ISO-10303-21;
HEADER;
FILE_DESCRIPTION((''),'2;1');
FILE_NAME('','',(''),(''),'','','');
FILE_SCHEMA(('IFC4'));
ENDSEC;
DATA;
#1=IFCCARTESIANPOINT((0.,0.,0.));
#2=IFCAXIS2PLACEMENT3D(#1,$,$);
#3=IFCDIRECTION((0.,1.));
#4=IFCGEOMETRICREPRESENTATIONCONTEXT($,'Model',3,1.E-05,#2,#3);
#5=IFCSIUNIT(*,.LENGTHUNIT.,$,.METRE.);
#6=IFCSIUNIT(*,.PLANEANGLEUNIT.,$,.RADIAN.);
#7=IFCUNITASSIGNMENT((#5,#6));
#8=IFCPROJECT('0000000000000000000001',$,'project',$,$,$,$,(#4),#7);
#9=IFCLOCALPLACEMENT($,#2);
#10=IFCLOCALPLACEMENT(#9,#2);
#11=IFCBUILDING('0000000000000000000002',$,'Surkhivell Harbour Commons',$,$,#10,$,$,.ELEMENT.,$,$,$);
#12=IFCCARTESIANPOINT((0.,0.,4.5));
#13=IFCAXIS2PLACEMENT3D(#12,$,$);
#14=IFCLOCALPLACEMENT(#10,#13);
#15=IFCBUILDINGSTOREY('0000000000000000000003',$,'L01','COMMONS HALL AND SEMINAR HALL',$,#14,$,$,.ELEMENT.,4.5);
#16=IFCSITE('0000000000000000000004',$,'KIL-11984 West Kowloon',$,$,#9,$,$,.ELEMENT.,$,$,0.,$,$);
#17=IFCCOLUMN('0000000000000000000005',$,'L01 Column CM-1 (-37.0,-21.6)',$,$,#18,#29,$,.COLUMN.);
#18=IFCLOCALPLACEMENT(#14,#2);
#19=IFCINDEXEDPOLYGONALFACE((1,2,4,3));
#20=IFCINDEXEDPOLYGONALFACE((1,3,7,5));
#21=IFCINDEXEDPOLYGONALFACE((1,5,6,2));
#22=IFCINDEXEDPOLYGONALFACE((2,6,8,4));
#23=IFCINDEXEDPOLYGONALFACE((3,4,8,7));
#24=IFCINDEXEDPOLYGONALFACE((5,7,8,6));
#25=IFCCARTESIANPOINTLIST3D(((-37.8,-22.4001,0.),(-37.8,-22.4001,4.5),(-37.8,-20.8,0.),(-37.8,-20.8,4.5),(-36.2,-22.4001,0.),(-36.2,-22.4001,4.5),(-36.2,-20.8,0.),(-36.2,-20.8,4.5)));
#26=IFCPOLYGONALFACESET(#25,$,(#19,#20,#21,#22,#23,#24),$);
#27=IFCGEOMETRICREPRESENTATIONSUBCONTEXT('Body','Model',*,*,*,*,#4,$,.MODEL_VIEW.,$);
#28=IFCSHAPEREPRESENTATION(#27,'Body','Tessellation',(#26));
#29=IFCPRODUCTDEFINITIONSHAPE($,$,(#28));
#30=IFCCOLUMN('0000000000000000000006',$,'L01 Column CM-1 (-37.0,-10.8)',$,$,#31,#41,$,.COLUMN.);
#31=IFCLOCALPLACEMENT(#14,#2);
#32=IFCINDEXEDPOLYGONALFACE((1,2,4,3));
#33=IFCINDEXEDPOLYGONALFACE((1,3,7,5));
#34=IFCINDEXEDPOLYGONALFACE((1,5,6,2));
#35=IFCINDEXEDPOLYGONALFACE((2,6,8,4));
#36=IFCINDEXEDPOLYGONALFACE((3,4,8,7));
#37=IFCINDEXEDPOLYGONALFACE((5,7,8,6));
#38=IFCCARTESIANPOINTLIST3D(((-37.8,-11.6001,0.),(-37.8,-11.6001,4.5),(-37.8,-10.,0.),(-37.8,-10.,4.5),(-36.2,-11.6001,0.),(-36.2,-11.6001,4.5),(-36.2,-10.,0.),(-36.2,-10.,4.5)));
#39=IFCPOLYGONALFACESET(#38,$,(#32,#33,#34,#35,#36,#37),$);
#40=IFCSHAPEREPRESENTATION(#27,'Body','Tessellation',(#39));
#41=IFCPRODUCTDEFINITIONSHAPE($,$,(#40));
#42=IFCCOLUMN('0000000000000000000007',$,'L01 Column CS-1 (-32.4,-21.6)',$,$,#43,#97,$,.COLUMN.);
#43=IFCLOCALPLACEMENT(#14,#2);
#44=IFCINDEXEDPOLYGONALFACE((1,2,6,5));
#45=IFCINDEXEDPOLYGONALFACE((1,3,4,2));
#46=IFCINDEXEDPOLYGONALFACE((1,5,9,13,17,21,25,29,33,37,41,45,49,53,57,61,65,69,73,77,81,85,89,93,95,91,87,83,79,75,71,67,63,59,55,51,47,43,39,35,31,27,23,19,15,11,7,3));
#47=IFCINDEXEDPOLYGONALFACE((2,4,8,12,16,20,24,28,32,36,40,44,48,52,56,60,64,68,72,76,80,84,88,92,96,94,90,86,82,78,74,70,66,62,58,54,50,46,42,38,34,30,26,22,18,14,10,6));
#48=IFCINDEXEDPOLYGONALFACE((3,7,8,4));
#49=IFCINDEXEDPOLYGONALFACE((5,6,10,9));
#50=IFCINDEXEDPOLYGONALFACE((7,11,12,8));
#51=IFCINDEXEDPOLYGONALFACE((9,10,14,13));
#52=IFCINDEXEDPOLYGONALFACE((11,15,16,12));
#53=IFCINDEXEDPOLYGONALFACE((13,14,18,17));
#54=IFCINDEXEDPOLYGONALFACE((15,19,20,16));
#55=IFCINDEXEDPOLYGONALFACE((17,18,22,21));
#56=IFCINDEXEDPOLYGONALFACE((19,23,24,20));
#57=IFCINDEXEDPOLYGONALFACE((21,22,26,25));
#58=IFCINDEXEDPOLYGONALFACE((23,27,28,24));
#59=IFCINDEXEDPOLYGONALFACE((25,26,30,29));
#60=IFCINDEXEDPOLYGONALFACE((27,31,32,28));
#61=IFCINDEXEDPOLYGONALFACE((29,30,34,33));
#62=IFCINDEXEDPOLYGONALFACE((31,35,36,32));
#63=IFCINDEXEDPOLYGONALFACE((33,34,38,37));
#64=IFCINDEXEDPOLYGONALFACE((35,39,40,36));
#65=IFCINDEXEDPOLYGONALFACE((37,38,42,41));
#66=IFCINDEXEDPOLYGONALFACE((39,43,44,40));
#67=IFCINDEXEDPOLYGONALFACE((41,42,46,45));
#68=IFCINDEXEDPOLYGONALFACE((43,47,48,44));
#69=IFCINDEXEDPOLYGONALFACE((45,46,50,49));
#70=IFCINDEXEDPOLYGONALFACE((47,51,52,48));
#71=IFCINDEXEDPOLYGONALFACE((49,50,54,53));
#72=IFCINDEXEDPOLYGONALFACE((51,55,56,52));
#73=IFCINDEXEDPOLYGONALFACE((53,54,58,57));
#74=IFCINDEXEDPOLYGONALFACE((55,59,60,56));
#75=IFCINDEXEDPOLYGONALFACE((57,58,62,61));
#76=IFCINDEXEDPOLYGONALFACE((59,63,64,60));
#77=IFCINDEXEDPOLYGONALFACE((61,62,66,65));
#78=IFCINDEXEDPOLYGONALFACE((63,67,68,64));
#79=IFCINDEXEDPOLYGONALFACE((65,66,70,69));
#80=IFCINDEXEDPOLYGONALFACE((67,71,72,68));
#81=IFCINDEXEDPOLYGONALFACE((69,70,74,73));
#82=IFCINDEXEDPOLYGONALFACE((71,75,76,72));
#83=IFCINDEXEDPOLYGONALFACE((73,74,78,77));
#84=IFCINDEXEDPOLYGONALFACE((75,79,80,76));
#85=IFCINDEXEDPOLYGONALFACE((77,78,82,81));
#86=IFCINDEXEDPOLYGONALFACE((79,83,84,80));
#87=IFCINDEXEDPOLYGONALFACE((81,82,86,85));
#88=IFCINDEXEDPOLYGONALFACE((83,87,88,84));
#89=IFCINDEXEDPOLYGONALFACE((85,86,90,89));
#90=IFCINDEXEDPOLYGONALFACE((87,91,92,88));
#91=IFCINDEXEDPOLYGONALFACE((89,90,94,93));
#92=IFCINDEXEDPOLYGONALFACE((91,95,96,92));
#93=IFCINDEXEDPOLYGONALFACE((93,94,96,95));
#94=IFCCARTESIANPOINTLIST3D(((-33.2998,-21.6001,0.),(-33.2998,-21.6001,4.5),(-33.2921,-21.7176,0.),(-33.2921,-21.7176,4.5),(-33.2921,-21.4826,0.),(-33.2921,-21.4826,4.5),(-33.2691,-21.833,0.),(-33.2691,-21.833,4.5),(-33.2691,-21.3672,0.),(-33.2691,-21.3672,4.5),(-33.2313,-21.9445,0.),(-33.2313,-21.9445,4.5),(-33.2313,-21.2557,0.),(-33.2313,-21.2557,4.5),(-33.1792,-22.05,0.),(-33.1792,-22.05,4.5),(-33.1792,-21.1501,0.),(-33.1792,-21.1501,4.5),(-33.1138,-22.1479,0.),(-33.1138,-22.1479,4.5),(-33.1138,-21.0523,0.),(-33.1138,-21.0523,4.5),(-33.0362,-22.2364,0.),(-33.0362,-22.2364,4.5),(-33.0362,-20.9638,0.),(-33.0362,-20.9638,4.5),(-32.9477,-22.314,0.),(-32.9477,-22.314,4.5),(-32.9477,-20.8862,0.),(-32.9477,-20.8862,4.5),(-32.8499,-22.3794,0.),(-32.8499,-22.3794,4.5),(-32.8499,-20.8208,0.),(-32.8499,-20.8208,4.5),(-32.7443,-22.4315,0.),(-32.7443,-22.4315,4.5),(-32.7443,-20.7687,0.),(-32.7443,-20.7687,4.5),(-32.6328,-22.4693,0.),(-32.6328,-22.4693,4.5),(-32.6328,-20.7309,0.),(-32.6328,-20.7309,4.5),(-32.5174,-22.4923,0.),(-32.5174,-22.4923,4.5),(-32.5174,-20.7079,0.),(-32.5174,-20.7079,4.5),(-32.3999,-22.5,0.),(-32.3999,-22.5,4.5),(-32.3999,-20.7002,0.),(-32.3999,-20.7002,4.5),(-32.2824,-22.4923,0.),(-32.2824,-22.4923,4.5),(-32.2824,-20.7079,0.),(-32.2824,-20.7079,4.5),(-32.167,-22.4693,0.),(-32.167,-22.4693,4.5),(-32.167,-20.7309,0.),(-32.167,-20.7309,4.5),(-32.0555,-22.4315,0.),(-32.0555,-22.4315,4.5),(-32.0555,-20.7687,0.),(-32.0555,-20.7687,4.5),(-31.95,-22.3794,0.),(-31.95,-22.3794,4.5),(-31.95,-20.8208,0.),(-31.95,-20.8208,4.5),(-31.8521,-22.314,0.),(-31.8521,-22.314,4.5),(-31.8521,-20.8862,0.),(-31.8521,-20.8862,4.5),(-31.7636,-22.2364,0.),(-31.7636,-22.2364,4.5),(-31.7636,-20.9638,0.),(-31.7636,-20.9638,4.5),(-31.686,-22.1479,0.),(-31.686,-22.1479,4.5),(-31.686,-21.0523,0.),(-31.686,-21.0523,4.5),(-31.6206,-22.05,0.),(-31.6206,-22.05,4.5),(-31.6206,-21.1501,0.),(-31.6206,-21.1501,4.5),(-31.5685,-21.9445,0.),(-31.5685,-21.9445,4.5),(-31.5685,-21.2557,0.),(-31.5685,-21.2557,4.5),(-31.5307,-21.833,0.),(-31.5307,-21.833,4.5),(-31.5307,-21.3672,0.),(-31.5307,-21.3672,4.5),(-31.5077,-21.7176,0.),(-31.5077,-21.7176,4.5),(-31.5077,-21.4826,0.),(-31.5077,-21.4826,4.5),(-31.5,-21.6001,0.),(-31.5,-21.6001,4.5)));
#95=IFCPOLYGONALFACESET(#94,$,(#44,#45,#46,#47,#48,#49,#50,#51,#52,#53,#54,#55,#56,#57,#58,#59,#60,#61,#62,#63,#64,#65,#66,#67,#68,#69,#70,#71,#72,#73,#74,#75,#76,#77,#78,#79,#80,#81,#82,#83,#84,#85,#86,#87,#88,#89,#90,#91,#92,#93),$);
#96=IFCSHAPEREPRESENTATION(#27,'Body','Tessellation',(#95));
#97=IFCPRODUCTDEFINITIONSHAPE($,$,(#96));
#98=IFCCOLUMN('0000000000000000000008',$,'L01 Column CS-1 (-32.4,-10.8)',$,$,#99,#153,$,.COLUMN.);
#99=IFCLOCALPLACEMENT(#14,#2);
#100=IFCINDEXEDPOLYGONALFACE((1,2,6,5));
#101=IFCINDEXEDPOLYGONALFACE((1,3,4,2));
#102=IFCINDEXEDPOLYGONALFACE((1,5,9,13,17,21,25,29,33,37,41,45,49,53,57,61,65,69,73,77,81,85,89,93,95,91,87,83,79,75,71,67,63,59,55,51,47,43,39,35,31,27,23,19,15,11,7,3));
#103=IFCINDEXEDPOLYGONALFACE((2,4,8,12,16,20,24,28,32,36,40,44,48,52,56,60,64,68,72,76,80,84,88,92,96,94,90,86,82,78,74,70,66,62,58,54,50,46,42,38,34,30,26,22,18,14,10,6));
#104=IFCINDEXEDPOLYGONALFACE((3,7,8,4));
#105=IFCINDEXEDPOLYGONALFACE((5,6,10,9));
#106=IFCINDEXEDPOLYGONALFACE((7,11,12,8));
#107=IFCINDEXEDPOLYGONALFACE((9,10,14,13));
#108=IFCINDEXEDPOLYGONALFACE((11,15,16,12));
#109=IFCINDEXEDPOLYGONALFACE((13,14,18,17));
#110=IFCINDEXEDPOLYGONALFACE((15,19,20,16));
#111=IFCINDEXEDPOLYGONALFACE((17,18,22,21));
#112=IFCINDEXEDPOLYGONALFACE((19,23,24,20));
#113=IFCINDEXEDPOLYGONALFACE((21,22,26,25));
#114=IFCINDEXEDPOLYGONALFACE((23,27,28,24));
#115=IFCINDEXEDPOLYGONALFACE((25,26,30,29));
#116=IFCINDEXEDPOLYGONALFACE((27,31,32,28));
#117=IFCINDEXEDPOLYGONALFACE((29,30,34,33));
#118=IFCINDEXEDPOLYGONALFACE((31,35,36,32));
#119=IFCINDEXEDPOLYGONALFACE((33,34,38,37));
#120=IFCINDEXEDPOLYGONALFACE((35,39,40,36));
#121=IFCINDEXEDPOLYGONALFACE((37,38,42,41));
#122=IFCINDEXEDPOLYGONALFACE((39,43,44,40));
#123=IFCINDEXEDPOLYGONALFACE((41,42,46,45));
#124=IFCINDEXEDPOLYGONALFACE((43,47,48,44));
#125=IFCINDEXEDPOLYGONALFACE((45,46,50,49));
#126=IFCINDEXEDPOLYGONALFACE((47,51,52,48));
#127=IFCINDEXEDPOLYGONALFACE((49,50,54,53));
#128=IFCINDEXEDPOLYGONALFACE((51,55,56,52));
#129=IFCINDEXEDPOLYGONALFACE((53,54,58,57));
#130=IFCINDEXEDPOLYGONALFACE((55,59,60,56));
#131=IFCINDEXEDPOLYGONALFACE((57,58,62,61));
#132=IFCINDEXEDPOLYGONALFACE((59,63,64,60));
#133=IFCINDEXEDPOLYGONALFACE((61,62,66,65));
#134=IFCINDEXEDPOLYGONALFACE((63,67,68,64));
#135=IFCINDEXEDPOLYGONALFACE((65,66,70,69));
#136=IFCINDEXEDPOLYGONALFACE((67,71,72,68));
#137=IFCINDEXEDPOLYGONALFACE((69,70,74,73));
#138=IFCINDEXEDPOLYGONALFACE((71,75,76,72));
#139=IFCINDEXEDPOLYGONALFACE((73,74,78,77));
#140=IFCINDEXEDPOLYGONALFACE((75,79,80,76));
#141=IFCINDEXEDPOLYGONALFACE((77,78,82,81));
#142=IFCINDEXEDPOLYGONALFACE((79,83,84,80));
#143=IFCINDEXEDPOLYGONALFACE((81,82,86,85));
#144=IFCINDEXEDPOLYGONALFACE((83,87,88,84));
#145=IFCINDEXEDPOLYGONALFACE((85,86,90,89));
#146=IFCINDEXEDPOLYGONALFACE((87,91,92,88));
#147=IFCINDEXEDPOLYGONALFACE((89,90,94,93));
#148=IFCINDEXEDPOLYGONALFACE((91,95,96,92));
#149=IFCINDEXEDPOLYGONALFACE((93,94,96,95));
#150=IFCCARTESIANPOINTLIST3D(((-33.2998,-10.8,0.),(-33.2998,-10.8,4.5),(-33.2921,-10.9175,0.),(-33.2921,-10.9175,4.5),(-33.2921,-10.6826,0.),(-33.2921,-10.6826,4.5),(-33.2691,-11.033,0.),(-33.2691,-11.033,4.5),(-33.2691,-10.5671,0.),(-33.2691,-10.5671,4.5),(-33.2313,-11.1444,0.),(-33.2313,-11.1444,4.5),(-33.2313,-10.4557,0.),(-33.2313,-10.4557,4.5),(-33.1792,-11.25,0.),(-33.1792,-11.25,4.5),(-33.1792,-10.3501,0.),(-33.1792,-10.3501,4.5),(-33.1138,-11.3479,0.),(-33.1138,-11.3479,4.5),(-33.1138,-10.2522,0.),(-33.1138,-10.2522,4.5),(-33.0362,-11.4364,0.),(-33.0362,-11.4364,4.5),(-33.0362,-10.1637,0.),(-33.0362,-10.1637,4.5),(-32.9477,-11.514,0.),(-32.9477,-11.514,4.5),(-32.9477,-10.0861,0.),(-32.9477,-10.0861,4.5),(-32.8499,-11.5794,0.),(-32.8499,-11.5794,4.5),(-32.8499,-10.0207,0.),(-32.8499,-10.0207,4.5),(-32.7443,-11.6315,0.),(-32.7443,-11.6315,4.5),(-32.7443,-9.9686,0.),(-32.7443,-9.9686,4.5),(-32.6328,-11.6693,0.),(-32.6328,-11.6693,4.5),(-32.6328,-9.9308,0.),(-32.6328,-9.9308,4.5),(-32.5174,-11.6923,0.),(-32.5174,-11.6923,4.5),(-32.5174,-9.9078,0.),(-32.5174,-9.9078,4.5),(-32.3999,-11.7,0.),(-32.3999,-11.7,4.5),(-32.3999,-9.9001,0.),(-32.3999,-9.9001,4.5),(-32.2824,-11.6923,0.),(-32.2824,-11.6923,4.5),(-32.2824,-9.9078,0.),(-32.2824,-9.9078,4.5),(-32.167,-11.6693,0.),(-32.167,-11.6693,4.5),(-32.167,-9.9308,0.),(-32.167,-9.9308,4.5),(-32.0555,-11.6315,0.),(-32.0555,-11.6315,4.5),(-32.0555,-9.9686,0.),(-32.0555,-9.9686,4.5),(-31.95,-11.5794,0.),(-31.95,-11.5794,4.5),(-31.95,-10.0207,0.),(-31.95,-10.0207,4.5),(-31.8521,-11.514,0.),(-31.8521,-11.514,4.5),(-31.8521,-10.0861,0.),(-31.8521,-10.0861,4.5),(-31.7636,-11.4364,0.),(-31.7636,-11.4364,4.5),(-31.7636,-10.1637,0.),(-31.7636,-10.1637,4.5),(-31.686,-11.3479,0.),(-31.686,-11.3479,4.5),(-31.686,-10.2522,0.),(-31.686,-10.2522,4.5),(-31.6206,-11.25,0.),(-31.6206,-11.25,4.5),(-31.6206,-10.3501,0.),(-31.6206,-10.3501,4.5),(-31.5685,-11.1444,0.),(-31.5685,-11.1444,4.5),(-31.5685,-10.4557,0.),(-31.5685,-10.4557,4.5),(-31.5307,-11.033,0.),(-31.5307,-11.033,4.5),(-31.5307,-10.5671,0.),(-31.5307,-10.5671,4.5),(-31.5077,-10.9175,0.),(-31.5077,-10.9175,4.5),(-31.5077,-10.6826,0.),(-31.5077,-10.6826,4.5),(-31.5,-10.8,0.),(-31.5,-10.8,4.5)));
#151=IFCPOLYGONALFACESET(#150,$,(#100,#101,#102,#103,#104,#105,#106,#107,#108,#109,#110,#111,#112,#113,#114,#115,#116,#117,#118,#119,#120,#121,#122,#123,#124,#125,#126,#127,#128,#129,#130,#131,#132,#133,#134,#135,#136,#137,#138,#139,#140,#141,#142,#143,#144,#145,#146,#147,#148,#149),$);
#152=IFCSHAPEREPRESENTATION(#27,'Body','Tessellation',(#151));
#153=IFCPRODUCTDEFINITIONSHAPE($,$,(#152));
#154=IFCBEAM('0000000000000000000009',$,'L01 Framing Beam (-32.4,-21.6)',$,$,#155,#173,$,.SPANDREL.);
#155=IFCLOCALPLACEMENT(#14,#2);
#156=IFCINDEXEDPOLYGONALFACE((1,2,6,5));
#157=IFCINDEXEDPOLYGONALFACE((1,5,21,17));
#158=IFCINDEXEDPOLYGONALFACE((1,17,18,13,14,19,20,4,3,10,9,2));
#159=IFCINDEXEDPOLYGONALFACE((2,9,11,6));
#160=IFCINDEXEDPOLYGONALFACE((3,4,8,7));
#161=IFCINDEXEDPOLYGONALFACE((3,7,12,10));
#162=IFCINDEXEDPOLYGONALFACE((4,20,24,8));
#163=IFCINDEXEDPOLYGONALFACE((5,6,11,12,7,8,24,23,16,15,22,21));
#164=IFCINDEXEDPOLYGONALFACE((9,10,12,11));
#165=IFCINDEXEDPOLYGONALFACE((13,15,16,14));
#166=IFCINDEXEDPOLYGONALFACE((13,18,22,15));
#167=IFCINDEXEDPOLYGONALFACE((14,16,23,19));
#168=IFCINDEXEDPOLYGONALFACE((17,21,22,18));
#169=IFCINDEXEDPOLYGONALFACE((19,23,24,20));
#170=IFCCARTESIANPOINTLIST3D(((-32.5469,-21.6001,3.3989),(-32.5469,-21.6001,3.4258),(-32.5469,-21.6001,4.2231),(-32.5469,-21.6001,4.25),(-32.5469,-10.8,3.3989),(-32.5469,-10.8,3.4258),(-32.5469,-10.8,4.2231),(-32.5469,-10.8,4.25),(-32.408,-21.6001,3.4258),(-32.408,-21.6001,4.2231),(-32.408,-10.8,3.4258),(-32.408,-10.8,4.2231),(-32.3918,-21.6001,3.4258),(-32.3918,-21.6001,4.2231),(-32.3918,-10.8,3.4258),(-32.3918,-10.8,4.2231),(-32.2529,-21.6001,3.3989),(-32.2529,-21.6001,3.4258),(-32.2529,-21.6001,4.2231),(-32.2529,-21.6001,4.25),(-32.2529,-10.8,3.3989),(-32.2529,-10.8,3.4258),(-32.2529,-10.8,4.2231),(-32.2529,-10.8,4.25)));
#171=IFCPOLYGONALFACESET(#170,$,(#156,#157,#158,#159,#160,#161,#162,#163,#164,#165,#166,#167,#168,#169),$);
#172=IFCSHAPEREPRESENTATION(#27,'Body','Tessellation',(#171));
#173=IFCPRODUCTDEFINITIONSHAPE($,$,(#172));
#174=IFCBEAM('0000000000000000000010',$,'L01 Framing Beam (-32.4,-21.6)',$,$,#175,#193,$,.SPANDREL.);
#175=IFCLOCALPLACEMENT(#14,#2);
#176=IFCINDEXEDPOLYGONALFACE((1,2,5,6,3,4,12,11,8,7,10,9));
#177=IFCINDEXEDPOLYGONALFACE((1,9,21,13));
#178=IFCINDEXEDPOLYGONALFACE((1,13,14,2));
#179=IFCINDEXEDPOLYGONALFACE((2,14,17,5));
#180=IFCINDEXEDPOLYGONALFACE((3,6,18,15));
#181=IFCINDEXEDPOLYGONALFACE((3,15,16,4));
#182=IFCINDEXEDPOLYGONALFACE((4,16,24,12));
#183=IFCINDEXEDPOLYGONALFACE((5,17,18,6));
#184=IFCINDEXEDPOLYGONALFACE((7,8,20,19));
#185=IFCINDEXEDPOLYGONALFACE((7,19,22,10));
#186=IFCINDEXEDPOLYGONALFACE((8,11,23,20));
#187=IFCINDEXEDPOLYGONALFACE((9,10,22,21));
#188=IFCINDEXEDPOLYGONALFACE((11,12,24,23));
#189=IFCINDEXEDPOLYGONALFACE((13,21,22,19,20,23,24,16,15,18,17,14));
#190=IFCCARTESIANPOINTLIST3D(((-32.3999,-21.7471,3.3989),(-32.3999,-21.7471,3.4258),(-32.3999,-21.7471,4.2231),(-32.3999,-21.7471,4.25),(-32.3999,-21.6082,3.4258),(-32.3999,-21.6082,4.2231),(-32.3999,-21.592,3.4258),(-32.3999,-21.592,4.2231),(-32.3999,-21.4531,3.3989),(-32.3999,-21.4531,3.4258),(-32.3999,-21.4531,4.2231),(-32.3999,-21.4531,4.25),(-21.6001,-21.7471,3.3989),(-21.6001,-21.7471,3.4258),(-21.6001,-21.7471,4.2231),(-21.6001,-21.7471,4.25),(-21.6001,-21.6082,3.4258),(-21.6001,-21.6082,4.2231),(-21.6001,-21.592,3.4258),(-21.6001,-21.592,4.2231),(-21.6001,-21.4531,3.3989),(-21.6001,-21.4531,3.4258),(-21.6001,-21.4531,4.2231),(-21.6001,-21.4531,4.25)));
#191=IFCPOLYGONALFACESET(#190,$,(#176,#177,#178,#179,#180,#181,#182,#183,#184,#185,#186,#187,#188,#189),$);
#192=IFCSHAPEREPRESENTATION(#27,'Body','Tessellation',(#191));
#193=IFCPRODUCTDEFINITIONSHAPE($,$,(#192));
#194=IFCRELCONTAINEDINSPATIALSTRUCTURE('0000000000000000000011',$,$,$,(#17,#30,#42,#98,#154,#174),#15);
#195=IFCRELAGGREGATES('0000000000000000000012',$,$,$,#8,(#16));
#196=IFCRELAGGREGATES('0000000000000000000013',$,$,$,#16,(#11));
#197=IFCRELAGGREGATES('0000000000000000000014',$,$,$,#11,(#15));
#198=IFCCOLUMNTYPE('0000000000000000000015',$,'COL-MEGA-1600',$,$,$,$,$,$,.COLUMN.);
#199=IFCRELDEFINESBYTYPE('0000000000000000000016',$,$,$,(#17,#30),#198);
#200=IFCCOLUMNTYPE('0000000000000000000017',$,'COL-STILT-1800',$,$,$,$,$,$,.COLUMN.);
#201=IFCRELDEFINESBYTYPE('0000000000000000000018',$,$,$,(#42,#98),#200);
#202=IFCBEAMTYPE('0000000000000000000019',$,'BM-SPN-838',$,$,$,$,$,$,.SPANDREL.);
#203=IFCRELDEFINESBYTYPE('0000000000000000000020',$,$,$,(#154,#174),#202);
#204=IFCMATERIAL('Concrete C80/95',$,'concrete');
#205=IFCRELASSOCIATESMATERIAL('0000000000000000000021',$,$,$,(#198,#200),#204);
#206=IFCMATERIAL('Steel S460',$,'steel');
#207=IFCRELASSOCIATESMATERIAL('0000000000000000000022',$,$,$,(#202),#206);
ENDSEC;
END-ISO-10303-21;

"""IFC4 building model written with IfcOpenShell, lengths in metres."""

from ifc_helpers import new_model, si_unit, direction, frame, origin, origin_2d, place, context, subcontext, project, spatial, rectangle, circle, i_section, extrude, material, material_profile, profile_set, type_object, element, save


model = new_model("IFC4")

# Units and contexts
model_context = context("Model", 3, precision=1e-05, world=origin(), true_north=direction((0.0, 1.0)))
body_context = subcontext(model_context, "Body", "Model", "MODEL_VIEW")
ifc_project = project(units=[si_unit("LENGTHUNIT", "METRE"), si_unit("PLANEANGLEUNIT", "RADIAN")], contexts=[model_context])

# Site, building, storey
site_placement = place(None, origin())
site = spatial("IfcSite", under=ifc_project, at=site_placement, Name="KIL-11984 West Kowloon", CompositionType="ELEMENT", RefElevation=0.0)
building_placement = place(site_placement, origin())
building = spatial("IfcBuilding", under=site, at=building_placement, Name="Surkhivell Harbour Commons", CompositionType="ELEMENT")
storey_placement = place(building_placement, frame((0.0, 0.0, 4.5)))
storey = spatial("IfcBuildingStorey", under=building, at=storey_placement, Name="L01", Description="COMMONS HALL AND SEMINAR HALL", CompositionType="ELEMENT", Elevation=4.5)

# Columns
ifc_material_1 = material(Name="Concrete C80/95", Category="concrete")
ifc_material_profile_1 = material_profile(ifc_material_1, rectangle(XDim=1.6001, YDim=1.6001, at=origin_2d()), Name="RC-COL-1600x1600")
ifc_profile_set_1 = profile_set([ifc_material_profile_1], Name="Concrete C80/95")
column_type_1 = type_object("IfcColumnType", Name="COL-MEGA-1600", PredefinedType="COLUMN", material=ifc_profile_set_1)
for number, where, z_axis, x_axis, name in (
    (1, (-37.0, -21.6001, 0.0), (0.0, 0.0, 1.0), (1.0, 0.0, 0.0), "L01 Column CM-1 (-37.0,-21.6)"),
    (2, (-37.0, -10.8, 0.0), (0.0, 0.0, 1.0), (1.0, 0.0, 0.0), "L01 Column CM-1 (-37.0,-10.8)"),
):
    element("IfcColumn", number, at=place(storey_placement, frame(where, z_axis=z_axis, x_axis=x_axis)), inside=storey, type_object=column_type_1, Name=name, PredefinedType="COLUMN", context=body_context, shape_type="SweptSolid", body=[
        extrude(rectangle(XDim=1.6001, YDim=1.6001, at=origin_2d()), origin(), (0.0, 0.0, 1.0), 4.5),
    ])
ifc_material_profile_2 = material_profile(ifc_material_1, circle(Radius=0.8999, at=origin_2d()), Name="RC-CIRC-1800")
ifc_profile_set_2 = profile_set([ifc_material_profile_2], Name="Concrete C80/95")
column_type_2 = type_object("IfcColumnType", Name="COL-STILT-1800", PredefinedType="COLUMN", material=ifc_profile_set_2)
for number, where, z_axis, x_axis, name in (
    (3, (-32.3999, -21.6001, 0.0), (0.0, 0.0, 1.0), (1.0, 0.0, 0.0), "L01 Column CS-1 (-32.4,-21.6)"),
    (4, (-32.3999, -10.8, 0.0), (0.0, 0.0, 1.0), (1.0, 0.0, 0.0), "L01 Column CS-1 (-32.4,-10.8)"),
):
    element("IfcColumn", number, at=place(storey_placement, frame(where, z_axis=z_axis, x_axis=x_axis)), inside=storey, type_object=column_type_2, Name=name, PredefinedType="COLUMN", context=body_context, shape_type="SweptSolid", body=[
        extrude(circle(Radius=0.8999, at=origin_2d()), origin(), (0.0, 0.0, 1.0), 4.5),
    ])

# Beams
ifc_material_2 = material(Name="Steel S460", Category="steel")
ifc_material_profile_3 = material_profile(ifc_material_2, i_section(OverallWidth=0.2939, OverallDepth=0.8511, WebThickness=0.0161, FlangeThickness=0.0269, at=origin_2d()), Name="UB838x292x226")
ifc_profile_set_3 = profile_set([ifc_material_profile_3], Name="Steel S460")
beam_type = type_object("IfcBeamType", Name="BM-SPN-838", PredefinedType="SPANDREL", material=ifc_profile_set_3)
beam_1_placement = place(storey_placement, frame((-32.3999, -21.6001, 3.8245), z_axis=(0.0, 1.0, 0.0), x_axis=(-1.0, 0.0, 0.0)))
element("IfcBeam", 5, at=beam_1_placement, inside=storey, type_object=beam_type, Name="L01 Framing Beam (-32.4,-21.6)", PredefinedType="SPANDREL", context=body_context, shape_type="SweptSolid", body=[
    extrude(i_section(OverallWidth=0.2939, OverallDepth=0.8511, WebThickness=0.0161, FlangeThickness=0.0269, at=origin_2d()), origin(), (0.0, 0.0, 1.0), 10.8),
])
beam_2_placement = place(storey_placement, frame((-32.3999, -21.6001, 3.8245), z_axis=(1.0, 0.0, 0.0), x_axis=(0.0, 1.0, 0.0)))
element("IfcBeam", 6, at=beam_2_placement, inside=storey, type_object=beam_type, Name="L01 Framing Beam (-32.4,-21.6)", PredefinedType="SPANDREL", context=body_context, shape_type="SweptSolid", body=[
    extrude(i_section(OverallWidth=0.2939, OverallDepth=0.8511, WebThickness=0.0161, FlangeThickness=0.0269, at=origin_2d()), origin(), (0.0, 0.0, 1.0), 10.7998),
])

save(model, "model.ifc")
